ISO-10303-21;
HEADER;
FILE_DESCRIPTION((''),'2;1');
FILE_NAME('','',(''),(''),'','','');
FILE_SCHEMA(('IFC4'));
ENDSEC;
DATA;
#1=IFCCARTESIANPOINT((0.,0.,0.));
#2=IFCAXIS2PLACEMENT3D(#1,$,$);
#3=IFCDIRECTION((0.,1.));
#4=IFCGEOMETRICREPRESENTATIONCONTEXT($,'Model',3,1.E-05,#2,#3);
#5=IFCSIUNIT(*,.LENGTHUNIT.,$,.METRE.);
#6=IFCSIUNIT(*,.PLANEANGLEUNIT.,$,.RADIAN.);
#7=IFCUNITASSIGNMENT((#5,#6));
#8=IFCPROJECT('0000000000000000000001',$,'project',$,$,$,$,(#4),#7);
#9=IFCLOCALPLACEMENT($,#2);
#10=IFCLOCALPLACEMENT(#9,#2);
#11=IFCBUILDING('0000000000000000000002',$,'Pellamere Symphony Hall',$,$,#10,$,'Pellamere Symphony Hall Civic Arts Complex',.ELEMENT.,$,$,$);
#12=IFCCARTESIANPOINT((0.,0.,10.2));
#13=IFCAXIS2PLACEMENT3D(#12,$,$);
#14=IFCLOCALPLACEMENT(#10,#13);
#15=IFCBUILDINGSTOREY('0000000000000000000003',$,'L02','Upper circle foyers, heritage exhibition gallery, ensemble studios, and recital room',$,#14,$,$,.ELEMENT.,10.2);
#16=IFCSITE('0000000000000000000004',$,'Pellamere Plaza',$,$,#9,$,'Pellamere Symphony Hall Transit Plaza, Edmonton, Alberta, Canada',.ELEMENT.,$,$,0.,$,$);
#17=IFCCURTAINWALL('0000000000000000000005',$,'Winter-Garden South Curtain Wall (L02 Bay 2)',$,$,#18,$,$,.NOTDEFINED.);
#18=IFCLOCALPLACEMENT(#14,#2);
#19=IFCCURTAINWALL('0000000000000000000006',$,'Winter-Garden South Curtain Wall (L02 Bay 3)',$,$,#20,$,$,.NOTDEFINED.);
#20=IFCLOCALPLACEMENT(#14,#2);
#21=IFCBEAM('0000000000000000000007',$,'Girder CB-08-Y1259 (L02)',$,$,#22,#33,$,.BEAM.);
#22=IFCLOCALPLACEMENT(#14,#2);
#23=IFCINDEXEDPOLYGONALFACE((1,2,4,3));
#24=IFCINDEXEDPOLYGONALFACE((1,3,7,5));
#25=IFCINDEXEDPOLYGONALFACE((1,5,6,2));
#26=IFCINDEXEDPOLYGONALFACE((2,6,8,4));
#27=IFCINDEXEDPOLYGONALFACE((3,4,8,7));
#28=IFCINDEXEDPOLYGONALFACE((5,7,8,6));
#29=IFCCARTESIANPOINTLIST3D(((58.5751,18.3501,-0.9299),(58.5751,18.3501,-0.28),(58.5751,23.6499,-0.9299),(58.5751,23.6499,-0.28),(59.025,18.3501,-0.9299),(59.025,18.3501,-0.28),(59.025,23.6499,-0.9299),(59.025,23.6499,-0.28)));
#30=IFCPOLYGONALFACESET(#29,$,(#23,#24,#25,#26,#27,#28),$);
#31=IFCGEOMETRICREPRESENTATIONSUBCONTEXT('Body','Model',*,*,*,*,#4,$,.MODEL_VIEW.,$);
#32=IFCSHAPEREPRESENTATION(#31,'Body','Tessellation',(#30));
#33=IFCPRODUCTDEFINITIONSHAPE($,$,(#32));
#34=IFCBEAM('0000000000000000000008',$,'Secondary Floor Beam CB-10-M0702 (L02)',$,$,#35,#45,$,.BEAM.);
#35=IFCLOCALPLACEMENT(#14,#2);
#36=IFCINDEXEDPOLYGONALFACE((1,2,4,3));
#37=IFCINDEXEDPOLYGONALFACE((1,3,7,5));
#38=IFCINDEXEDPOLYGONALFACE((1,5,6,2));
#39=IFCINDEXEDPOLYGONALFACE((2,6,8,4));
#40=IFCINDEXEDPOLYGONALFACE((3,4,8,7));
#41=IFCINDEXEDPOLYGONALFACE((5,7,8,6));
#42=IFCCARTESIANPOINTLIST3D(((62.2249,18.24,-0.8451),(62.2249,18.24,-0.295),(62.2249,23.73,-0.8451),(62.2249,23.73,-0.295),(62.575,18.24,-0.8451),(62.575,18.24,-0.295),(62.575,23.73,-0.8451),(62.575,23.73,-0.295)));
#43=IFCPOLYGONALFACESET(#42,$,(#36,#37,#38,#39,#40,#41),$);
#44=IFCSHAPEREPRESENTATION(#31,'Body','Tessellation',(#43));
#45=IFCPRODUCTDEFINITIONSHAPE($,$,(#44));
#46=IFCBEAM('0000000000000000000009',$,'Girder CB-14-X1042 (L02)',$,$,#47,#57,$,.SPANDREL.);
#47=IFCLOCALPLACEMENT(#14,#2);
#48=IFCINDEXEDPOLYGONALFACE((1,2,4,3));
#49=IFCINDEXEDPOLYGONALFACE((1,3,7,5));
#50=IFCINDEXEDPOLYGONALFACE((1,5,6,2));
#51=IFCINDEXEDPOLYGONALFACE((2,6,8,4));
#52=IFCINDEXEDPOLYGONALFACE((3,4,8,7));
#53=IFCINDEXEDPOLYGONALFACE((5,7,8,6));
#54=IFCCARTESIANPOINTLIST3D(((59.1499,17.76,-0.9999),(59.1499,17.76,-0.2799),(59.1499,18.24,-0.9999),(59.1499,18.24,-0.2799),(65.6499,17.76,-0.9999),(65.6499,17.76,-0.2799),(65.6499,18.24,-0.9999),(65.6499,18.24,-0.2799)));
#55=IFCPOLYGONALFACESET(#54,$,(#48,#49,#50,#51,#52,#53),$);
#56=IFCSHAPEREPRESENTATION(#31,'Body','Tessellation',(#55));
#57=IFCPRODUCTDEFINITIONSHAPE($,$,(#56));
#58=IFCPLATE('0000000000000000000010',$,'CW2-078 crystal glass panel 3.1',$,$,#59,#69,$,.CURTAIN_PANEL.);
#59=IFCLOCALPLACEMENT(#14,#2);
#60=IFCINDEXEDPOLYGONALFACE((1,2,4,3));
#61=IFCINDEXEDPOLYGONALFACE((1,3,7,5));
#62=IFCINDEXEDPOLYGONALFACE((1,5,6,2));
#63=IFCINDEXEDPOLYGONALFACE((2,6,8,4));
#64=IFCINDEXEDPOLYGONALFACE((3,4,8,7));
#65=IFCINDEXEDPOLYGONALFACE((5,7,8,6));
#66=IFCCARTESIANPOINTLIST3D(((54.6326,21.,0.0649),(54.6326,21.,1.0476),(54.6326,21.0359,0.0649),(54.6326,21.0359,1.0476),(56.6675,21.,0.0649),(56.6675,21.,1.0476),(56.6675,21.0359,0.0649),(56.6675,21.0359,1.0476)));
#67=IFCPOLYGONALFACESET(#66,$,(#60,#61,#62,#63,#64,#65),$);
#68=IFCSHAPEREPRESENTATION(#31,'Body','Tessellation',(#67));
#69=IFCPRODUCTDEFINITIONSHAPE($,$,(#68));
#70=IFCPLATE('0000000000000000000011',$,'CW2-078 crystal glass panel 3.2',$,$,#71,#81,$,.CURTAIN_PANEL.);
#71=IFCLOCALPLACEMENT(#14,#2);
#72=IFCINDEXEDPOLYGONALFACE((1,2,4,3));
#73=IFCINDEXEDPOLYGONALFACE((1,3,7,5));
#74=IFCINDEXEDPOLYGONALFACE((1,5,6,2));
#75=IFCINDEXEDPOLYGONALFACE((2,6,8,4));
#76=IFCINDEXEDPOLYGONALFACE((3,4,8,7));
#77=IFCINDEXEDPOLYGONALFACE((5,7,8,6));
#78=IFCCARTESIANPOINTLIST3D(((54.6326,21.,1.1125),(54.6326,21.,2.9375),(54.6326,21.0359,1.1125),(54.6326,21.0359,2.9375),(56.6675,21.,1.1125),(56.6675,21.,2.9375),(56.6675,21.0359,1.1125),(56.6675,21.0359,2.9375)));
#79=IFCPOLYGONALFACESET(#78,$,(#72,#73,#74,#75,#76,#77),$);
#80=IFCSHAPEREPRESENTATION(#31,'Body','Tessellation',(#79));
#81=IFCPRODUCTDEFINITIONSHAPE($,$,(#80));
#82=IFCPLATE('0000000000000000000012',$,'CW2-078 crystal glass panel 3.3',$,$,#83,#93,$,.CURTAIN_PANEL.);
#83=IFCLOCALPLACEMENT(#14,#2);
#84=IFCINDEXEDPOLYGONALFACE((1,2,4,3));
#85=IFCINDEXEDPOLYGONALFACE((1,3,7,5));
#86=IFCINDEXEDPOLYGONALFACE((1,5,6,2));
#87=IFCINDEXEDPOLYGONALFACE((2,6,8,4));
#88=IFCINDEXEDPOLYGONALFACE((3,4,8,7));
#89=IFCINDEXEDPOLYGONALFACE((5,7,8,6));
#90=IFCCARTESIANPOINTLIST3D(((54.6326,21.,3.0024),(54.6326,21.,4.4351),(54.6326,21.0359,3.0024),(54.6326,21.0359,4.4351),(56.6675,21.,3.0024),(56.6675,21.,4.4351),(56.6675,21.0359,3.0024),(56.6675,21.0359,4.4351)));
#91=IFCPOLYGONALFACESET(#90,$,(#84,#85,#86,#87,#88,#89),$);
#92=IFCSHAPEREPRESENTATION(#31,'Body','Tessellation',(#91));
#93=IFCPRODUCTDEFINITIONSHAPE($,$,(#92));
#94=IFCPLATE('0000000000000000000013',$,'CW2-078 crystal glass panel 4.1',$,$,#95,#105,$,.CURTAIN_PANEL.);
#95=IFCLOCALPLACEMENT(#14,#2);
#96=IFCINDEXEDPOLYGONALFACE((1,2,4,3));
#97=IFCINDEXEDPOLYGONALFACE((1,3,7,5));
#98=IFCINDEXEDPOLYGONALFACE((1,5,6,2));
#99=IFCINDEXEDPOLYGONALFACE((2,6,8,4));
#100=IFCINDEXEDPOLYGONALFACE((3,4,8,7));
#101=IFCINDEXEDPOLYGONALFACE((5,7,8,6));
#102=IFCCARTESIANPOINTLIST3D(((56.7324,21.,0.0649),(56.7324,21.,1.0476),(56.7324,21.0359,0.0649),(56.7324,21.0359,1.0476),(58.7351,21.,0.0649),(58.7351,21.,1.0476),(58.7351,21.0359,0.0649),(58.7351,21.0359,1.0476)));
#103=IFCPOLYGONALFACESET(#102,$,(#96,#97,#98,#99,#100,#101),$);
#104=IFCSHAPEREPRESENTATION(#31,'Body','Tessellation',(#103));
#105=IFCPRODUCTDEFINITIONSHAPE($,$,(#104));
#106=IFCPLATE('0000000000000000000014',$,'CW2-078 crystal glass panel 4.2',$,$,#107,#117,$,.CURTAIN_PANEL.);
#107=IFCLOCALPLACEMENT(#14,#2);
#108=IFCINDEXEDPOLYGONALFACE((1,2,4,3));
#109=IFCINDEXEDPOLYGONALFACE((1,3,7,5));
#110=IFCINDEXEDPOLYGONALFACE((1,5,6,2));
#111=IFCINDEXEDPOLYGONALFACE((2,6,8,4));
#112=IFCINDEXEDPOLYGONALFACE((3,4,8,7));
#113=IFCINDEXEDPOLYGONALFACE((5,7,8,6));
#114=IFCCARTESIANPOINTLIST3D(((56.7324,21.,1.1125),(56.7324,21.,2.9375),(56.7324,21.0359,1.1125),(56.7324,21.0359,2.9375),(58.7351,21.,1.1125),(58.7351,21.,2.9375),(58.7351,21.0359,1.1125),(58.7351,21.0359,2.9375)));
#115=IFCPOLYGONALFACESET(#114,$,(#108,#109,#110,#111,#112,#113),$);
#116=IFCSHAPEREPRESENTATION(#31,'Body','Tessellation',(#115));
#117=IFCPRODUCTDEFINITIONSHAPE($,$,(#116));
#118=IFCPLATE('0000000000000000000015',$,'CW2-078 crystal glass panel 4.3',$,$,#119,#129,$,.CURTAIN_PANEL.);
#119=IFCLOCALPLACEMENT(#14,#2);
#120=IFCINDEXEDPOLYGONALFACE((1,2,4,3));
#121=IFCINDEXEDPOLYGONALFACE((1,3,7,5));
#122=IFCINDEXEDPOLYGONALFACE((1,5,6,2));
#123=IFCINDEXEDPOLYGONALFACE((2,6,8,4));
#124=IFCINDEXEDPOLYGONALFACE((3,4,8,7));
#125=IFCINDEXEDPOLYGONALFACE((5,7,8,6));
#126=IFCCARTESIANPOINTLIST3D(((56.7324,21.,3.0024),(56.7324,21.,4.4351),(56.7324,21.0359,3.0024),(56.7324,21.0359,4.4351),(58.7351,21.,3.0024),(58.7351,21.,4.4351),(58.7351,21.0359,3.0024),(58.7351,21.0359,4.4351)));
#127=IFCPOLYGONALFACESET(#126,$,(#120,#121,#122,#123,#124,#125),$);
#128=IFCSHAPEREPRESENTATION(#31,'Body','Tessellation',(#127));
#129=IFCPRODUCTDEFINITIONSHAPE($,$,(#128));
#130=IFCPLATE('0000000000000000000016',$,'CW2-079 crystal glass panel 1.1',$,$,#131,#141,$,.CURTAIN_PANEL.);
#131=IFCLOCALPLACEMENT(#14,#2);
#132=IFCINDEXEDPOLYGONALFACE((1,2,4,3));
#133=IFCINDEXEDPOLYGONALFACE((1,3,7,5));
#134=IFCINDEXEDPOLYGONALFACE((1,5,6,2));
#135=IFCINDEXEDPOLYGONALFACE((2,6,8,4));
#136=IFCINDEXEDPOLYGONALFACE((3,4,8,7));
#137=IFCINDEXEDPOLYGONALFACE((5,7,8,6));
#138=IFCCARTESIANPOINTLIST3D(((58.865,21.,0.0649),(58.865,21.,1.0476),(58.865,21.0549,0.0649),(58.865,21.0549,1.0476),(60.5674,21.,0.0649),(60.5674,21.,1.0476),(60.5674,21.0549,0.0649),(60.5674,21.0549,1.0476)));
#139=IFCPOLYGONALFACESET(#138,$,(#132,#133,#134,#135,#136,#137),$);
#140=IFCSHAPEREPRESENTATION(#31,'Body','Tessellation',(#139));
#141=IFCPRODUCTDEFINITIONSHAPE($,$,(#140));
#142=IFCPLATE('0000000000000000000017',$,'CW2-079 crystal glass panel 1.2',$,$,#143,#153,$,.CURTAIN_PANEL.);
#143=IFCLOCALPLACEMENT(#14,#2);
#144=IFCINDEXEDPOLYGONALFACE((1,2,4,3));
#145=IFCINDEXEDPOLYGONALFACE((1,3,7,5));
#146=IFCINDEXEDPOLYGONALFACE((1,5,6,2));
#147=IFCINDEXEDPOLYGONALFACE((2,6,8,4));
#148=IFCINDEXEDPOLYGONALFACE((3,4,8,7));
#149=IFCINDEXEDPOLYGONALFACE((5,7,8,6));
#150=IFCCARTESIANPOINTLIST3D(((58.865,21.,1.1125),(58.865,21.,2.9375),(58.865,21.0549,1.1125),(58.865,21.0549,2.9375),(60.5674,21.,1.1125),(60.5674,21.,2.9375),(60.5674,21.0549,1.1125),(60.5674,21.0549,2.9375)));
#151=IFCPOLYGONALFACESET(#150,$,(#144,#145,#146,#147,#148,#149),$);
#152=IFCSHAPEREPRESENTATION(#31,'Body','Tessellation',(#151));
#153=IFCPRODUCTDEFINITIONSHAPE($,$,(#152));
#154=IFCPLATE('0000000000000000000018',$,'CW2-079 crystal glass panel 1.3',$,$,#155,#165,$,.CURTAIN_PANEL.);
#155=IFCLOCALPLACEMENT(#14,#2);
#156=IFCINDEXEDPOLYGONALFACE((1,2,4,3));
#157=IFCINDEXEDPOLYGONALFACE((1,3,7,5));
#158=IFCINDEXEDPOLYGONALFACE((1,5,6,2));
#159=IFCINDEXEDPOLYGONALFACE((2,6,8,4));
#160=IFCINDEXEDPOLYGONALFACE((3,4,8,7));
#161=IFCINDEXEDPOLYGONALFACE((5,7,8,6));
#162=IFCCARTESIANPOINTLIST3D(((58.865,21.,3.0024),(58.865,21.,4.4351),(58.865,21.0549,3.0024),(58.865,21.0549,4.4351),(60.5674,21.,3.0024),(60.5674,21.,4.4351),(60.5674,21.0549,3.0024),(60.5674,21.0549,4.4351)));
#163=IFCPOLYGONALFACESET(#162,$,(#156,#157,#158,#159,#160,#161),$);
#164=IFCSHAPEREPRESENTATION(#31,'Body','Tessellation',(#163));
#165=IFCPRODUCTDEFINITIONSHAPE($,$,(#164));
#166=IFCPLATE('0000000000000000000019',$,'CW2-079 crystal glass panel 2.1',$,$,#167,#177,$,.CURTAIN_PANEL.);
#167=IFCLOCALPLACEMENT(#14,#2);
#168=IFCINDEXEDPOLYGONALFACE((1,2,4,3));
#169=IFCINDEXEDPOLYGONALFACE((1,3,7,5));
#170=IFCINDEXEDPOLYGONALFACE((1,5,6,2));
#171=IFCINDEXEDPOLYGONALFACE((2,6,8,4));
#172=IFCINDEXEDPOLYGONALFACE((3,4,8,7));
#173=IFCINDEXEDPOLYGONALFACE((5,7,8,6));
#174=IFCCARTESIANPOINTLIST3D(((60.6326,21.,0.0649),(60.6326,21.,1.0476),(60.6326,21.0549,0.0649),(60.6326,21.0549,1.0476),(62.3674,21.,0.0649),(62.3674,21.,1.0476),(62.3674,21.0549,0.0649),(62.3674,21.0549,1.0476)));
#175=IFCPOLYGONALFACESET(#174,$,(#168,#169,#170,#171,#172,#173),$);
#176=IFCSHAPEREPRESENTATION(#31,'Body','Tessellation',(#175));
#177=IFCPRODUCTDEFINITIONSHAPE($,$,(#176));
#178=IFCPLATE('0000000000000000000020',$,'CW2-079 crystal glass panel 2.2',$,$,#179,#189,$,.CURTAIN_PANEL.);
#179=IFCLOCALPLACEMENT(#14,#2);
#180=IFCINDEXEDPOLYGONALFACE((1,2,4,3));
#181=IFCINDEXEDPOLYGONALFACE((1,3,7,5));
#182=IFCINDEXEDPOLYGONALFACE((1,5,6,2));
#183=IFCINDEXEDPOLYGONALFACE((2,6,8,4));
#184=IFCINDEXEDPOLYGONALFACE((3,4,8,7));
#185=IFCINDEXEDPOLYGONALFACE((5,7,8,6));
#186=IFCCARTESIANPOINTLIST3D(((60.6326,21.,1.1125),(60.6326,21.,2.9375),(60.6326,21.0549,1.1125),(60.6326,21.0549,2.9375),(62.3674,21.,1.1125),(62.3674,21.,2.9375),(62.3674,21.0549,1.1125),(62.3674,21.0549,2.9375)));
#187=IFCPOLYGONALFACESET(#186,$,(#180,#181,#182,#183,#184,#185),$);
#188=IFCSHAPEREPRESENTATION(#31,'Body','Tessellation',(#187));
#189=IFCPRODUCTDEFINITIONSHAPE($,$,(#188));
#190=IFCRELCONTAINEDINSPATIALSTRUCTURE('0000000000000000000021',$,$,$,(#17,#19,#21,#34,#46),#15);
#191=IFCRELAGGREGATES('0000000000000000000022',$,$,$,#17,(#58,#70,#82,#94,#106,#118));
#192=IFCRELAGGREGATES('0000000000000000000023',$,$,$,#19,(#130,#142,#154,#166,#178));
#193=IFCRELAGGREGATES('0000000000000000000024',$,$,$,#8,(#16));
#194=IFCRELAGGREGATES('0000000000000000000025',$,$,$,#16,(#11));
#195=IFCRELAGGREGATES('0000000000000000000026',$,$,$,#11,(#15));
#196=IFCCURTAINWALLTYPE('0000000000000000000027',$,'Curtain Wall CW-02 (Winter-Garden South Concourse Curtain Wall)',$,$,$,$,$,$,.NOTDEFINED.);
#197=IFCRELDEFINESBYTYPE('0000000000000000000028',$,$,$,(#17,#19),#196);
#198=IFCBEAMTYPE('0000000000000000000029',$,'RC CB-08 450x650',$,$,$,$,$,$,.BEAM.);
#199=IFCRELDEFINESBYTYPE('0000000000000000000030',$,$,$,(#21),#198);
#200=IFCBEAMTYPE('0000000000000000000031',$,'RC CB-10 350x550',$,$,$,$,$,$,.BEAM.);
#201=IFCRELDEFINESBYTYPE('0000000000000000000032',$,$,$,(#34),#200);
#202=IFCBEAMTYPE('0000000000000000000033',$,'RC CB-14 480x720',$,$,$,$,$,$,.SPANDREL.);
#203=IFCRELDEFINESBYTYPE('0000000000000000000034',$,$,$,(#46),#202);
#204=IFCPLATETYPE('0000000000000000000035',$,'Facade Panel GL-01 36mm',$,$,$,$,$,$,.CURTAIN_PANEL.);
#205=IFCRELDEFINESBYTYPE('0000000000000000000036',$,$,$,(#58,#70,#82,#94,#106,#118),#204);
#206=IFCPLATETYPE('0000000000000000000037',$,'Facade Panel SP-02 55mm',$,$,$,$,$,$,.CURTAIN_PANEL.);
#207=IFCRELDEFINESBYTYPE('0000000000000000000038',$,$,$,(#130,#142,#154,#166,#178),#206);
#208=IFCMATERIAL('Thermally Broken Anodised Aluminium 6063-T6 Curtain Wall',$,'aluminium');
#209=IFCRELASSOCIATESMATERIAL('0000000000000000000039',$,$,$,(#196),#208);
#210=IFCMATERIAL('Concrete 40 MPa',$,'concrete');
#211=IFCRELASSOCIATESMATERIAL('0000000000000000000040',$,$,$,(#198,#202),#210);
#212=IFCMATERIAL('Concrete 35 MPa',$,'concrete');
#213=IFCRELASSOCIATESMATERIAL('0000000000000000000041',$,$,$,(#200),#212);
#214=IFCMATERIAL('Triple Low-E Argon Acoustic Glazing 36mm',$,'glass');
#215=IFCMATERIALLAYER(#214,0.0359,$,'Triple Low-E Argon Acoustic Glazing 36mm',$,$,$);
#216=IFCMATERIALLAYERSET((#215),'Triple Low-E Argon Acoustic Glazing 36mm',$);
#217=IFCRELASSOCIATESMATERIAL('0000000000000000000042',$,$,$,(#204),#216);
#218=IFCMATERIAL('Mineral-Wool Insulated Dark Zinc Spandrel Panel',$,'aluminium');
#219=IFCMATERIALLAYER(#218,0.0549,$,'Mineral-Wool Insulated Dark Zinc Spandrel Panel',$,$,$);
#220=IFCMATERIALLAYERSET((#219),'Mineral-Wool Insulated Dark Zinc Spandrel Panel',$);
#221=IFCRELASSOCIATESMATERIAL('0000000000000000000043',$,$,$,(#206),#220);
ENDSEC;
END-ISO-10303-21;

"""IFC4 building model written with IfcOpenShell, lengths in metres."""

from ifc_helpers import new_model, si_unit, direction, frame, origin, origin_2d, place, context, subcontext, project, spatial, polyline, rectangle, outline, extrude, material, layer, layer_set, material_profile, profile_set, type_object, element, aggregate, save


model = new_model("IFC4")

# Units and contexts
model_context = context("Model", 3, precision=1e-05, world=origin(), true_north=direction((0.0, 1.0)))
body_context = subcontext(model_context, "Body", "Model", "MODEL_VIEW")
ifc_project = project(units=[si_unit("LENGTHUNIT", "METRE"), si_unit("PLANEANGLEUNIT", "RADIAN")], contexts=[model_context])

# Site, building, storey
site_placement = place(None, origin())
site = spatial("IfcSite", under=ifc_project, at=site_placement, Name="Pellamere Plaza", LongName="Pellamere Symphony Hall Transit Plaza, Edmonton, Alberta, Canada", CompositionType="ELEMENT", RefElevation=0.0)
building_placement = place(site_placement, origin())
building = spatial("IfcBuilding", under=site, at=building_placement, Name="Pellamere Symphony Hall", LongName="Pellamere Symphony Hall Civic Arts Complex", CompositionType="ELEMENT")
storey_placement = place(building_placement, frame((0.0, 0.0, 10.2)))
storey = spatial("IfcBuildingStorey", under=building, at=storey_placement, Name="L02", Description="Upper circle foyers, heritage exhibition gallery, ensemble studios, and recital room", CompositionType="ELEMENT", Elevation=10.2)

# Curtain walls
ifc_material_1 = material(Name="Thermally Broken Anodised Aluminium 6063-T6 Curtain Wall", Category="aluminium")
curtain_wall_type = type_object("IfcCurtainWallType", Name="Curtain Wall CW-02 (Winter-Garden South Concourse Curtain Wall)", PredefinedType="NOTDEFINED", material=ifc_material_1)
curtain_wall_1_placement = place(storey_placement, origin())
curtain_wall_1 = element("IfcCurtainWall", 1, at=curtain_wall_1_placement, inside=storey, type_object=curtain_wall_type, Name="Winter-Garden South Curtain Wall (L02 Bay 2)", PredefinedType="NOTDEFINED")
curtain_wall_2_placement = place(storey_placement, origin())
curtain_wall_2 = element("IfcCurtainWall", 2, at=curtain_wall_2_placement, inside=storey, type_object=curtain_wall_type, Name="Winter-Garden South Curtain Wall (L02 Bay 3)", PredefinedType="NOTDEFINED")

# Beams
ifc_material_2 = material(Name="Concrete 40 MPa", Category="concrete")
ifc_material_profile_1 = material_profile(ifc_material_2, rectangle(XDim=0.45, YDim=0.6499, at=origin_2d()), Name="RC 450x650")
ifc_profile_set_1 = profile_set([ifc_material_profile_1], Name="Concrete 40 MPa")
beam_type_1 = type_object("IfcBeamType", Name="RC CB-08 450x650", PredefinedType="BEAM", material=ifc_profile_set_1)
beam_1_placement = place(storey_placement, frame((58.8, 18.3501, -0.605), z_axis=(0.0, 1.0, 0.0), x_axis=(-1.0, 0.0, 0.0)))
element("IfcBeam", 3, at=beam_1_placement, inside=storey, type_object=beam_type_1, Name="Girder CB-08-Y1259 (L02)", PredefinedType="BEAM", context=body_context, shape_type="SweptSolid", body=[
    extrude(rectangle(XDim=0.45, YDim=0.6499, at=origin_2d()), origin(), (0.0, 0.0, 1.0), 5.2998),
])
ifc_material_3 = material(Name="Concrete 35 MPa", Category="concrete")
ifc_material_profile_2 = material_profile(ifc_material_3, rectangle(XDim=0.3501, YDim=0.55, at=origin_2d()), Name="RC 350x550")
ifc_profile_set_2 = profile_set([ifc_material_profile_2], Name="Concrete 35 MPa")
beam_type_2 = type_object("IfcBeamType", Name="RC CB-10 350x550", PredefinedType="BEAM", material=ifc_profile_set_2)
beam_2_placement = place(storey_placement, frame((62.3999, 18.24, -0.5701), z_axis=(0.0, 1.0, 0.0), x_axis=(-1.0, 0.0, 0.0)))
element("IfcBeam", 4, at=beam_2_placement, inside=storey, type_object=beam_type_2, Name="Secondary Floor Beam CB-10-M0702 (L02)", PredefinedType="BEAM", context=body_context, shape_type="SweptSolid", body=[
    extrude(rectangle(XDim=0.3501, YDim=0.55, at=origin_2d()), origin(), (0.0, 0.0, 1.0), 5.49),
])
ifc_material_profile_3 = material_profile(ifc_material_2, rectangle(XDim=0.48, YDim=0.72, at=origin_2d()), Name="RC 480x720")
ifc_profile_set_3 = profile_set([ifc_material_profile_3], Name="Concrete 40 MPa")
beam_type_3 = type_object("IfcBeamType", Name="RC CB-14 480x720", PredefinedType="SPANDREL", material=ifc_profile_set_3)
beam_3_placement = place(storey_placement, frame((59.1499, 18.0, -0.6399), z_axis=(1.0, 0.0, 0.0), x_axis=(0.0, 1.0, 0.0)))
element("IfcBeam", 5, at=beam_3_placement, inside=storey, type_object=beam_type_3, Name="Girder CB-14-X1042 (L02)", PredefinedType="SPANDREL", context=body_context, shape_type="SweptSolid", body=[
    extrude(rectangle(XDim=0.48, YDim=0.72, at=origin_2d()), origin(), (0.0, 0.0, 1.0), 6.5),
])

# Plates
ifc_material_4 = material(Name="Triple Low-E Argon Acoustic Glazing 36mm", Category="glass")
ifc_layer_1 = layer(ifc_material_4, 0.0359, Name="Triple Low-E Argon Acoustic Glazing 36mm")
ifc_layer_set_1 = layer_set([ifc_layer_1], Name="Triple Low-E Argon Acoustic Glazing 36mm")
plate_type_1 = type_object("IfcPlateType", Name="Facade Panel GL-01 36mm", PredefinedType="CURTAIN_PANEL", material=ifc_layer_set_1)
plate_1_placement = place(storey_placement, frame((54.6326, 21.0, 0.0649), z_axis=(0.0, -1.0, 0.0), x_axis=(1.0, 0.0, 0.0)))
plate_1 = element("IfcPlate", 6, at=plate_1_placement, type_object=plate_type_1, Name="CW2-078 crystal glass panel 3.1", PredefinedType="CURTAIN_PANEL", context=body_context, shape_type="SweptSolid", body=[
    extrude(outline(polyline([(0.0, 0.0), (2.0349, 0.0), (2.0349, 0.9827), (0.0, 0.9827), (0.0, 0.0)])), origin(), (0.0, 0.0, -1.0), 0.0359),
])
plate_2_placement = place(storey_placement, frame((54.6326, 21.0, 1.1125), z_axis=(0.0, -1.0, 0.0), x_axis=(1.0, 0.0, 0.0)))
plate_2 = element("IfcPlate", 7, at=plate_2_placement, type_object=plate_type_1, Name="CW2-078 crystal glass panel 3.2", PredefinedType="CURTAIN_PANEL", context=body_context, shape_type="SweptSolid", body=[
    extrude(outline(polyline([(0.0, 0.0), (2.0349, 0.0), (2.0349, 1.825), (0.0, 1.825), (0.0, 0.0)])), origin(), (0.0, 0.0, -1.0), 0.0359),
])
plate_3_placement = place(storey_placement, frame((54.6326, 21.0, 3.0024), z_axis=(0.0, -1.0, 0.0), x_axis=(1.0, 0.0, 0.0)))
plate_3 = element("IfcPlate", 8, at=plate_3_placement, type_object=plate_type_1, Name="CW2-078 crystal glass panel 3.3", PredefinedType="CURTAIN_PANEL", context=body_context, shape_type="SweptSolid", body=[
    extrude(outline(polyline([(0.0, 0.0), (2.0349, 0.0), (2.0349, 1.4326), (0.0, 1.4326), (0.0, 0.0)])), origin(), (0.0, 0.0, -1.0), 0.0359),
])
plate_4_placement = place(storey_placement, frame((56.7324, 21.0, 0.0649), z_axis=(0.0, -1.0, 0.0), x_axis=(1.0, 0.0, 0.0)))
plate_4 = element("IfcPlate", 9, at=plate_4_placement, type_object=plate_type_1, Name="CW2-078 crystal glass panel 4.1", PredefinedType="CURTAIN_PANEL", context=body_context, shape_type="SweptSolid", body=[
    extrude(outline(polyline([(0.0, 0.0), (2.0027, 0.0), (2.0027, 0.9827), (0.0, 0.9827), (0.0, 0.0)])), origin(), (0.0, 0.0, -1.0), 0.0359),
])
plate_5_placement = place(storey_placement, frame((56.7324, 21.0, 1.1125), z_axis=(0.0, -1.0, 0.0), x_axis=(1.0, 0.0, 0.0)))
plate_5 = element("IfcPlate", 10, at=plate_5_placement, type_object=plate_type_1, Name="CW2-078 crystal glass panel 4.2", PredefinedType="CURTAIN_PANEL", context=body_context, shape_type="SweptSolid", body=[
    extrude(outline(polyline([(0.0, 0.0), (2.0027, 0.0), (2.0027, 1.825), (0.0, 1.825), (0.0, 0.0)])), origin(), (0.0, 0.0, -1.0), 0.0359),
])
plate_6_placement = place(storey_placement, frame((56.7324, 21.0, 3.0024), z_axis=(0.0, -1.0, 0.0), x_axis=(1.0, 0.0, 0.0)))
plate_6 = element("IfcPlate", 11, at=plate_6_placement, type_object=plate_type_1, Name="CW2-078 crystal glass panel 4.3", PredefinedType="CURTAIN_PANEL", context=body_context, shape_type="SweptSolid", body=[
    extrude(outline(polyline([(0.0, 0.0), (2.0027, 0.0), (2.0027, 1.4326), (0.0, 1.4326), (0.0, 0.0)])), origin(), (0.0, 0.0, -1.0), 0.0359),
])
aggregate(curtain_wall_1, [plate_1, plate_2, plate_3, plate_4, plate_5, plate_6])
ifc_material_5 = material(Name="Mineral-Wool Insulated Dark Zinc Spandrel Panel", Category="aluminium")
ifc_layer_2 = layer(ifc_material_5, 0.0549, Name="Mineral-Wool Insulated Dark Zinc Spandrel Panel")
ifc_layer_set_2 = layer_set([ifc_layer_2], Name="Mineral-Wool Insulated Dark Zinc Spandrel Panel")
plate_type_2 = type_object("IfcPlateType", Name="Facade Panel SP-02 55mm", PredefinedType="CURTAIN_PANEL", material=ifc_layer_set_2)
plate_7_placement = place(storey_placement, frame((58.865, 21.0, 0.0649), z_axis=(0.0, -1.0, 0.0), x_axis=(1.0, 0.0, 0.0)))
plate_7 = element("IfcPlate", 12, at=plate_7_placement, type_object=plate_type_2, Name="CW2-079 crystal glass panel 1.1", PredefinedType="CURTAIN_PANEL", context=body_context, shape_type="SweptSolid", body=[
    extrude(outline(polyline([(0.0, 0.0), (1.7024, 0.0), (1.7024, 0.9827), (0.0, 0.9827), (0.0, 0.0)])), origin(), (0.0, 0.0, -1.0), 0.0549),
])
plate_8_placement = place(storey_placement, frame((58.865, 21.0, 1.1125), z_axis=(0.0, -1.0, 0.0), x_axis=(1.0, 0.0, 0.0)))
plate_8 = element("IfcPlate", 13, at=plate_8_placement, type_object=plate_type_2, Name="CW2-079 crystal glass panel 1.2", PredefinedType="CURTAIN_PANEL", context=body_context, shape_type="SweptSolid", body=[
    extrude(outline(polyline([(0.0, 0.0), (1.7024, 0.0), (1.7024, 1.825), (0.0, 1.825), (0.0, 0.0)])), origin(), (0.0, 0.0, -1.0), 0.0549),
])
plate_9_placement = place(storey_placement, frame((58.865, 21.0, 3.0024), z_axis=(0.0, -1.0, 0.0), x_axis=(1.0, 0.0, 0.0)))
plate_9 = element("IfcPlate", 14, at=plate_9_placement, type_object=plate_type_2, Name="CW2-079 crystal glass panel 1.3", PredefinedType="CURTAIN_PANEL", context=body_context, shape_type="SweptSolid", body=[
    extrude(outline(polyline([(0.0, 0.0), (1.7024, 0.0), (1.7024, 1.4326), (0.0, 1.4326), (0.0, 0.0)])), origin(), (0.0, 0.0, -1.0), 0.0549),
])
plate_10_placement = place(storey_placement, frame((60.6326, 21.0, 0.0649), z_axis=(0.0, -1.0, 0.0), x_axis=(1.0, 0.0, 0.0)))
plate_10 = element("IfcPlate", 15, at=plate_10_placement, type_object=plate_type_2, Name="CW2-079 crystal glass panel 2.1", PredefinedType="CURTAIN_PANEL", context=body_context, shape_type="SweptSolid", body=[
    extrude(outline(polyline([(0.0, 0.0), (1.7349, 0.0), (1.7349, 0.9827), (0.0, 0.9827), (0.0, 0.0)])), origin(), (0.0, 0.0, -1.0), 0.0549),
])
plate_11_placement = place(storey_placement, frame((60.6326, 21.0, 1.1125), z_axis=(0.0, -1.0, 0.0), x_axis=(1.0, 0.0, 0.0)))
plate_11 = element("IfcPlate", 16, at=plate_11_placement, type_object=plate_type_2, Name="CW2-079 crystal glass panel 2.2", PredefinedType="CURTAIN_PANEL", context=body_context, shape_type="SweptSolid", body=[
    extrude(outline(polyline([(0.0, 0.0), (1.7349, 0.0), (1.7349, 1.825), (0.0, 1.825), (0.0, 0.0)])), origin(), (0.0, 0.0, -1.0), 0.0549),
])
aggregate(curtain_wall_2, [plate_7, plate_8, plate_9, plate_10, plate_11])

save(model, "model.ifc")
